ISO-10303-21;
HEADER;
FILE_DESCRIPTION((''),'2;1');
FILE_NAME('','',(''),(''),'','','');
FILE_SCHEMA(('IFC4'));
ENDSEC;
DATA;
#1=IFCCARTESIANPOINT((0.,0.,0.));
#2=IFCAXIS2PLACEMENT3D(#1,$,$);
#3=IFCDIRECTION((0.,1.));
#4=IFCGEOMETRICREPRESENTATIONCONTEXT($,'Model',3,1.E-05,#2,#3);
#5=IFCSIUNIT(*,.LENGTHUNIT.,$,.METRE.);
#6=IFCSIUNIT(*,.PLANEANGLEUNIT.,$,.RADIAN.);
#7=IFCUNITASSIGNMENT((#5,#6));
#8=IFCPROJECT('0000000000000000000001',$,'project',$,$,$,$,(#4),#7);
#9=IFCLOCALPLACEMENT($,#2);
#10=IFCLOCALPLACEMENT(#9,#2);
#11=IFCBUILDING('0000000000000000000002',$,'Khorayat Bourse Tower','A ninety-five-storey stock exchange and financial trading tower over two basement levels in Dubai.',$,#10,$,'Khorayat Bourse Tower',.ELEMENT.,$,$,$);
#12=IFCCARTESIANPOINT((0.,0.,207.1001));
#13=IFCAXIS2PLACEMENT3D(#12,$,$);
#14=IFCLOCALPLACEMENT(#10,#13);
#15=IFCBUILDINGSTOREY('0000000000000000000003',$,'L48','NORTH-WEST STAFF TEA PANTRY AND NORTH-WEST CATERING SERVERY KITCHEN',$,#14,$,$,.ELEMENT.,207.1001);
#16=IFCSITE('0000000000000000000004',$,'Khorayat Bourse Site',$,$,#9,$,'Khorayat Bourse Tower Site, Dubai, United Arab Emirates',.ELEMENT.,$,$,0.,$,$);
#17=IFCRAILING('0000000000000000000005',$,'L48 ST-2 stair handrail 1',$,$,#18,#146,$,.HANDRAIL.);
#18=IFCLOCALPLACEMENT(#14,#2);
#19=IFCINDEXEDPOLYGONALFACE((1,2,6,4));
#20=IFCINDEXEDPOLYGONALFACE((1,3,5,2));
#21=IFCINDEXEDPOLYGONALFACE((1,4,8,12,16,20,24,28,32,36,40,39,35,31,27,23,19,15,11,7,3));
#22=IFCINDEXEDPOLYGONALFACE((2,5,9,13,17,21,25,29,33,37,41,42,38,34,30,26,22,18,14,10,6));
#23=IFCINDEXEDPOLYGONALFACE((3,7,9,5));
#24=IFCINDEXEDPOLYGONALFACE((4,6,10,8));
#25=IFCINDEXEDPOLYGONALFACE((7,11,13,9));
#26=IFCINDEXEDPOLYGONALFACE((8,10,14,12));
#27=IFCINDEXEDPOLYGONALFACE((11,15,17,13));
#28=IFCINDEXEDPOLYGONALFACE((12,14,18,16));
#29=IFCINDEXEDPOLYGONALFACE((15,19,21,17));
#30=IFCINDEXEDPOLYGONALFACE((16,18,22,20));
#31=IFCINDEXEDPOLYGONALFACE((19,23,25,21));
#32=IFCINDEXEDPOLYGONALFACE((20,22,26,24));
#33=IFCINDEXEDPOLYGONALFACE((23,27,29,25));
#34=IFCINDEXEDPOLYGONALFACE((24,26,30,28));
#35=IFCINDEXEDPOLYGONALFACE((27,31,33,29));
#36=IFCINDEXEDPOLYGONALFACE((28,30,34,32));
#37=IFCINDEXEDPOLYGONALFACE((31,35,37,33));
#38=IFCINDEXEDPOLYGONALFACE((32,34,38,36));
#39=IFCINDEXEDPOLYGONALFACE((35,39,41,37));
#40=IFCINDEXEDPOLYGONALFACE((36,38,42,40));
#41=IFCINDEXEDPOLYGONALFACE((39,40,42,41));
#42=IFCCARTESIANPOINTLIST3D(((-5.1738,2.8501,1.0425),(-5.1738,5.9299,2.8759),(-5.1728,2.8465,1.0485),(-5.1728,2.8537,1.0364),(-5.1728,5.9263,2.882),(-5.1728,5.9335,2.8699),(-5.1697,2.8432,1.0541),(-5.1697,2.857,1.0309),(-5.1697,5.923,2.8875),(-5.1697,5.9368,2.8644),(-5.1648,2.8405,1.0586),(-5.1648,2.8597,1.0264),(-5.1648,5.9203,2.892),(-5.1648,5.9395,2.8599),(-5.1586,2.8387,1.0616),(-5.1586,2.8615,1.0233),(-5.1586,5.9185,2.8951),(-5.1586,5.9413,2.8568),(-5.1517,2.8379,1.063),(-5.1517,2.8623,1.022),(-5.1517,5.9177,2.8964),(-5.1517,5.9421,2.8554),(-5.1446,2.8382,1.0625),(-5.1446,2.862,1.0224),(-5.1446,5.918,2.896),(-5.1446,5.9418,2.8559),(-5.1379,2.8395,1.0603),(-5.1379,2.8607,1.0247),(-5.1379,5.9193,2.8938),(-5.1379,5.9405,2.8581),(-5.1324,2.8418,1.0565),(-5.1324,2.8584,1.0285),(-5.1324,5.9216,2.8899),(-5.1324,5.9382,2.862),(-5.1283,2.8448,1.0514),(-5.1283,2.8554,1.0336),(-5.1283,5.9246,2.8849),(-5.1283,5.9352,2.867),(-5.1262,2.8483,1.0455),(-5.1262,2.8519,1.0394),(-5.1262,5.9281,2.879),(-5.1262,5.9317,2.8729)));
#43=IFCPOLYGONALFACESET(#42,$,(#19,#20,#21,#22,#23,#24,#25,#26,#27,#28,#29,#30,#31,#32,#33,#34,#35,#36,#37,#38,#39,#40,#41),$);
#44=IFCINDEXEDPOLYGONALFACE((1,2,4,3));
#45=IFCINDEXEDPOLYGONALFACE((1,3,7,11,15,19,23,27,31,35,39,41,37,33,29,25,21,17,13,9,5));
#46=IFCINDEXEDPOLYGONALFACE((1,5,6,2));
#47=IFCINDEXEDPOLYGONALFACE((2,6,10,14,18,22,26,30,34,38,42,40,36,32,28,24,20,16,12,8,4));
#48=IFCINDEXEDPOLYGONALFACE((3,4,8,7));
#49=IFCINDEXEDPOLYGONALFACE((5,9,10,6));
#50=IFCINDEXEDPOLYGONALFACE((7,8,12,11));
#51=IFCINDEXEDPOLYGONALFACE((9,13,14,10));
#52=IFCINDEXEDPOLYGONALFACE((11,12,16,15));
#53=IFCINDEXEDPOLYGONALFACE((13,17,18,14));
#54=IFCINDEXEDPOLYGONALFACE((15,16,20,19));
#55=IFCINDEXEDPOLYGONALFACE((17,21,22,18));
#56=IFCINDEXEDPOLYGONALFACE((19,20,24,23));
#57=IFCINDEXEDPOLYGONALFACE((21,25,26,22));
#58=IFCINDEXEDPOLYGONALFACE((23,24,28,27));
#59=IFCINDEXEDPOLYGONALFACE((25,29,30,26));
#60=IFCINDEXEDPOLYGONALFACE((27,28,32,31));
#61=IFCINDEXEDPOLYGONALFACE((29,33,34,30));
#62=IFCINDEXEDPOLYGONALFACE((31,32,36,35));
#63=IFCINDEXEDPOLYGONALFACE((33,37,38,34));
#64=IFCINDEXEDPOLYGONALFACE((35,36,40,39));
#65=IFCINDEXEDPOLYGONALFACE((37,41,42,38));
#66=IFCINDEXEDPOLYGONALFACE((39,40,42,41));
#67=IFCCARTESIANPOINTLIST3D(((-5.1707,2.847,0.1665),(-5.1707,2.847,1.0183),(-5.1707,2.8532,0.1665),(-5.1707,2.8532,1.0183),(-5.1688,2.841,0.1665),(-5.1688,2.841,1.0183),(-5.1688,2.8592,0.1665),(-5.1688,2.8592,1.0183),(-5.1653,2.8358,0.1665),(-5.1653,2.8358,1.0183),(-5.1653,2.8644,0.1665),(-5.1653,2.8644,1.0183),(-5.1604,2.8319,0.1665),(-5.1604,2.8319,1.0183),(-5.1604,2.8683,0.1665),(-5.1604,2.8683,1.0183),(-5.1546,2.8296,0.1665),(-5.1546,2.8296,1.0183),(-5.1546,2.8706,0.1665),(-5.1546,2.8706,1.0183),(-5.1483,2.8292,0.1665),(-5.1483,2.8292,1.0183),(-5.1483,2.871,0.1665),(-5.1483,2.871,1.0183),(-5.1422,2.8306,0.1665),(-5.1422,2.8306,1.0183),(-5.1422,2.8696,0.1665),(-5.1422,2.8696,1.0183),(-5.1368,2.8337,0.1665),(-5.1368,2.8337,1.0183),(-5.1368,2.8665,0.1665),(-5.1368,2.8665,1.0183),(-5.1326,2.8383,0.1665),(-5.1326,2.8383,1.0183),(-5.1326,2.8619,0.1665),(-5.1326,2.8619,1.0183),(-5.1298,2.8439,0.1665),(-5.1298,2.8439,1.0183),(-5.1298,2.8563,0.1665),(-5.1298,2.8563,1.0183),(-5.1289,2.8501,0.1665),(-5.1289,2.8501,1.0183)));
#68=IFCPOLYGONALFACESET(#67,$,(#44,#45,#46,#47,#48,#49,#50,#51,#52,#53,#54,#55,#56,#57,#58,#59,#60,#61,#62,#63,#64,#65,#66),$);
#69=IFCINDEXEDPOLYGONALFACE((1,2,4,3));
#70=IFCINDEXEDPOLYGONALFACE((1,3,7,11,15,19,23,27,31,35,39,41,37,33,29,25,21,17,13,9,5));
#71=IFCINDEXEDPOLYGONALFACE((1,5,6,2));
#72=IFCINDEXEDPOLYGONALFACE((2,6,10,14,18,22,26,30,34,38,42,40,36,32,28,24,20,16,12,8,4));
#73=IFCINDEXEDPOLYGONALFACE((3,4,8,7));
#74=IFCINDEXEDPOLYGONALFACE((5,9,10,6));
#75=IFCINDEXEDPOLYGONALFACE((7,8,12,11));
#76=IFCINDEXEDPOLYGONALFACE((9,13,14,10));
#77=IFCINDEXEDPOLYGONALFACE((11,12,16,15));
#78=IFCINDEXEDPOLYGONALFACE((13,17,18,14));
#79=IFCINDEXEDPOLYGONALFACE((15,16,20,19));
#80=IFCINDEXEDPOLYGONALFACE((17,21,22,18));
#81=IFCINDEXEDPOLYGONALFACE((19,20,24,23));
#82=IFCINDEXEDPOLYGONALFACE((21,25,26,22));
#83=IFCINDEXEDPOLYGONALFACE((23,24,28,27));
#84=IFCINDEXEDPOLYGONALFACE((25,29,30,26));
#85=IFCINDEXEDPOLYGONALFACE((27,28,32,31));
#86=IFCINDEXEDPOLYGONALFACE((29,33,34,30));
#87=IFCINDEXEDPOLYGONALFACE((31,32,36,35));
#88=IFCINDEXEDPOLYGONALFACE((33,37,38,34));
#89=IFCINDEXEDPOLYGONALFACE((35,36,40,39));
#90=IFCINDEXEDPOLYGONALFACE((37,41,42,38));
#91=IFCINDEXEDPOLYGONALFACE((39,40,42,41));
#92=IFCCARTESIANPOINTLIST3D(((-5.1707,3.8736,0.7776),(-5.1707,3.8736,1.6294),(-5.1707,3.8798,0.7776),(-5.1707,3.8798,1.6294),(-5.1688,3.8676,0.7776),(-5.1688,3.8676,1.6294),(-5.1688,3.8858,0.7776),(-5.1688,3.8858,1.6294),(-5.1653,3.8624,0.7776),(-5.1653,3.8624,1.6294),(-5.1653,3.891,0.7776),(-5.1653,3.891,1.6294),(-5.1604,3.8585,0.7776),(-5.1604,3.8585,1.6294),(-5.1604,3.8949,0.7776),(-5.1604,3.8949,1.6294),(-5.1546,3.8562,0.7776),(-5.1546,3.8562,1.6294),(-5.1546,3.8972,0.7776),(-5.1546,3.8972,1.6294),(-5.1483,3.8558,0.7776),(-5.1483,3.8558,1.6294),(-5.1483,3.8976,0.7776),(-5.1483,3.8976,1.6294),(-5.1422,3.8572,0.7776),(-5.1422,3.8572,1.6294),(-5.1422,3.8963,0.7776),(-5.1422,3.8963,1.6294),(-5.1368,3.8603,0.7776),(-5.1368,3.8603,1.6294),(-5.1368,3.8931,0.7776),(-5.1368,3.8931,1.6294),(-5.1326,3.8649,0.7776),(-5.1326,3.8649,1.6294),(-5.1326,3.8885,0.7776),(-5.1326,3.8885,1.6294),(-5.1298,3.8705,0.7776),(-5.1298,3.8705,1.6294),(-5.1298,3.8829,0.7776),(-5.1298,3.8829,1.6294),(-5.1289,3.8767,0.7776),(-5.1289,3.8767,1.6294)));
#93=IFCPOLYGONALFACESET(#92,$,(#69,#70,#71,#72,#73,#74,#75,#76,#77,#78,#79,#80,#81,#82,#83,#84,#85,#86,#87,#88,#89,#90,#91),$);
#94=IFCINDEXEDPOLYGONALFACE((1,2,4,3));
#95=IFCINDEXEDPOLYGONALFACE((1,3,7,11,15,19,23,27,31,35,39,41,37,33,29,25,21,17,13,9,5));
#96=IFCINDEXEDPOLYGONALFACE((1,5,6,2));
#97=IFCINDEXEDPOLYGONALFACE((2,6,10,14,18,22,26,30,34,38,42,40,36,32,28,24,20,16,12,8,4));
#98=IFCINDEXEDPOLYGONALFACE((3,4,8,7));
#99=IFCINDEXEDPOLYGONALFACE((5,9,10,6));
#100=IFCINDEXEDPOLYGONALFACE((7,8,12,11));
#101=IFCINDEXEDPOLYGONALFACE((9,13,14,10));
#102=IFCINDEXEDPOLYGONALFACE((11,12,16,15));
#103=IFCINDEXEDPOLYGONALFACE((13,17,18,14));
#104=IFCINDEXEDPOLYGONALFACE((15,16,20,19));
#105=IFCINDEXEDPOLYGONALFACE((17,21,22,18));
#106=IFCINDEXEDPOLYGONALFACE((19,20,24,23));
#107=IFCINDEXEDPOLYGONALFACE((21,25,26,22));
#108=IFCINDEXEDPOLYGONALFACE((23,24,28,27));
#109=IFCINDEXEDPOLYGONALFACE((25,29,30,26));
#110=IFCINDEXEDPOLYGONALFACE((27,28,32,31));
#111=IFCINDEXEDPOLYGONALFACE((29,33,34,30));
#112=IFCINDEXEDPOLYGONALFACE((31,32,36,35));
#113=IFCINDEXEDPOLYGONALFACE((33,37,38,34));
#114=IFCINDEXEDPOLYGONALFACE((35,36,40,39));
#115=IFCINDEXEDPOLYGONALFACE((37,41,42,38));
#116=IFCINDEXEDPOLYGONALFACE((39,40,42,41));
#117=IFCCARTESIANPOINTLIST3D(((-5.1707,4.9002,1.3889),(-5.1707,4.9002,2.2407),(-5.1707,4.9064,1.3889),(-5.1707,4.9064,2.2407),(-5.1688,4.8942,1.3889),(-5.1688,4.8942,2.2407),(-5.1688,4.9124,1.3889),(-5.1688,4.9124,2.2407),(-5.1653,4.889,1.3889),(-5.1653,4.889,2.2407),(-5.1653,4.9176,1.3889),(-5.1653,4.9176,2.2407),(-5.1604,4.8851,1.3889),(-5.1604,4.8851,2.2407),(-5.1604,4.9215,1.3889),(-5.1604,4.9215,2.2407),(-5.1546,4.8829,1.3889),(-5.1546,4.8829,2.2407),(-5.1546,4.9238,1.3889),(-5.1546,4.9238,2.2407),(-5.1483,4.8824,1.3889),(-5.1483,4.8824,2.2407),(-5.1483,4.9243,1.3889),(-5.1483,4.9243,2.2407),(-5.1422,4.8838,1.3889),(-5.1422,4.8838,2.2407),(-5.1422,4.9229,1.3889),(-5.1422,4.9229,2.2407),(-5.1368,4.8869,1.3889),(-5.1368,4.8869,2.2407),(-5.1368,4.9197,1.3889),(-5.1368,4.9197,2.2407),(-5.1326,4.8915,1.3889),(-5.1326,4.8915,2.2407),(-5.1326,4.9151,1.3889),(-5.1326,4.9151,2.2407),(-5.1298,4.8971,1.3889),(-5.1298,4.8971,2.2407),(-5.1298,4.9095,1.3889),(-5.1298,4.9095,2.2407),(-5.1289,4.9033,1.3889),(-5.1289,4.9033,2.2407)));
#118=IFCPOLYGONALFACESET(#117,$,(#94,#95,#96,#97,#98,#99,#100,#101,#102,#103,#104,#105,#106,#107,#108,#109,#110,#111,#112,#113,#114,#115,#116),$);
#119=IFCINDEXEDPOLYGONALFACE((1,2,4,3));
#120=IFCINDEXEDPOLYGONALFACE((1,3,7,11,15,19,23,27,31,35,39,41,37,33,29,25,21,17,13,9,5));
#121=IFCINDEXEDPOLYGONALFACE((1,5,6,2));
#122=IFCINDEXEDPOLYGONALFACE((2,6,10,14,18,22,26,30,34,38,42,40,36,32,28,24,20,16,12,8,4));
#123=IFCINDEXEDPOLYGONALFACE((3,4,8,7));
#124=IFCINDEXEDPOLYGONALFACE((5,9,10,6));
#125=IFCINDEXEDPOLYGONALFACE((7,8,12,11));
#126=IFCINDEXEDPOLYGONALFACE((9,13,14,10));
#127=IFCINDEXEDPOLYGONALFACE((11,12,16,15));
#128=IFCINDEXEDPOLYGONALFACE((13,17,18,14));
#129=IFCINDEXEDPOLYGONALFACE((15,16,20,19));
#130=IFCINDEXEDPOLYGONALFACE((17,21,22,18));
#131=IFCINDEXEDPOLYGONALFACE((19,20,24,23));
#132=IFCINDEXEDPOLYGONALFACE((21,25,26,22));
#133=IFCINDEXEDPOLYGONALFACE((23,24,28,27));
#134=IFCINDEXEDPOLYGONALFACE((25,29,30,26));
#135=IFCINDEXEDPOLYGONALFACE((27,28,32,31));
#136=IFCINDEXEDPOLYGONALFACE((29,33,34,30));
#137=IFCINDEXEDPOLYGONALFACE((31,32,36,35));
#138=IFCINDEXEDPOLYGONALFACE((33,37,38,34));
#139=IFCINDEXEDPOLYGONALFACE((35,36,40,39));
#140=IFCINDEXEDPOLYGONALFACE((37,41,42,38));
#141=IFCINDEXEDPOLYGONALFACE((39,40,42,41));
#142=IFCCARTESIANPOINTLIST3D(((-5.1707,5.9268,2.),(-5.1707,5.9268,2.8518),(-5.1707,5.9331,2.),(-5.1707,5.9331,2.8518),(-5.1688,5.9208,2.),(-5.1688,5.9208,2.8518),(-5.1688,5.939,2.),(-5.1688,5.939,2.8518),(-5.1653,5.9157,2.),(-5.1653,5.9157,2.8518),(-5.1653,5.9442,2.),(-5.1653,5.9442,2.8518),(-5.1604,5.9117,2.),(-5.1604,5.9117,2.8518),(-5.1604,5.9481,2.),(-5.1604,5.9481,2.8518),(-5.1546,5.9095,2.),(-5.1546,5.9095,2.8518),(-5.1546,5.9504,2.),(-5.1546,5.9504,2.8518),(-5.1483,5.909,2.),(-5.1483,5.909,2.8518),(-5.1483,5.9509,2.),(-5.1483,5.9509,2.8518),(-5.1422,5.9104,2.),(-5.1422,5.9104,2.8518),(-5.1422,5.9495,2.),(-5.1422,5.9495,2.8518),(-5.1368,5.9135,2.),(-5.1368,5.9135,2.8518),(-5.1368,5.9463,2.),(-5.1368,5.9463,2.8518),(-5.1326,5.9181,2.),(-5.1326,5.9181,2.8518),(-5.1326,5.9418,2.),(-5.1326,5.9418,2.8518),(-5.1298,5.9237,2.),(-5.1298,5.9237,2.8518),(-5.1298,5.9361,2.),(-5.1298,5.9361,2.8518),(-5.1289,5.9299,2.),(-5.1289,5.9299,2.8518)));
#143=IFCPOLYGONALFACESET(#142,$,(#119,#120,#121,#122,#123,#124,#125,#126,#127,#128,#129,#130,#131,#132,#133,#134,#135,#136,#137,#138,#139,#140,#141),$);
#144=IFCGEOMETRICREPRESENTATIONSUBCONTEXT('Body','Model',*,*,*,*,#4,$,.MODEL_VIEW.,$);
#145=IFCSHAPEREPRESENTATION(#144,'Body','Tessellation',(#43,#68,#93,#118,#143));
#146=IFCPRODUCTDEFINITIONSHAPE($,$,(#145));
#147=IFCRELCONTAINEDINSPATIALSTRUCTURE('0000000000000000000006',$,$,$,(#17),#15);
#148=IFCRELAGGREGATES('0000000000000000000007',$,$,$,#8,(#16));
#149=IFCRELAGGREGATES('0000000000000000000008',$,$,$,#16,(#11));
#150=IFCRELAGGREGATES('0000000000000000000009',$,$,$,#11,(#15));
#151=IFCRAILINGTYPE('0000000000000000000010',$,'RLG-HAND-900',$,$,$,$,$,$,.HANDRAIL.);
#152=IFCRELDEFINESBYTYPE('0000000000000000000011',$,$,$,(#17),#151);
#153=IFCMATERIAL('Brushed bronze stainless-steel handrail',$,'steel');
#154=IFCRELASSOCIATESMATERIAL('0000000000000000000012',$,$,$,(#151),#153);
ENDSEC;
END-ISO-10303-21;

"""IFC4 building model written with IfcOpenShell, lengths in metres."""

from ifc_helpers import new_model, si_unit, direction, frame, origin, origin_2d, place, context, subcontext, project, spatial, circle, extrude, source, transform, mapped, material, type_object, element, save


model = new_model("IFC4")

# Units and contexts
model_context = context("Model", 3, precision=1e-05, world=origin(), true_north=direction((0.0, 1.0)))
body_context = subcontext(model_context, "Body", "Model", "MODEL_VIEW")
ifc_project = project(units=[si_unit("LENGTHUNIT", "METRE"), si_unit("PLANEANGLEUNIT", "RADIAN")], contexts=[model_context])

# Site, building, storey
site_placement = place(None, origin())
site = spatial("IfcSite", under=ifc_project, at=site_placement, Name="Khorayat Bourse Site", LongName="Khorayat Bourse Tower Site, Dubai, United Arab Emirates", CompositionType="ELEMENT", RefElevation=0.0)
building_placement = place(site_placement, origin())
building = spatial("IfcBuilding", under=site, at=building_placement, Name="Khorayat Bourse Tower", Description="A ninety-five-storey stock exchange and financial trading tower over two basement levels in Dubai.", LongName="Khorayat Bourse Tower", CompositionType="ELEMENT")
storey_placement = place(building_placement, frame((0.0, 0.0, 207.1001)))
storey = spatial("IfcBuildingStorey", under=building, at=storey_placement, Name="L48", Description="NORTH-WEST STAFF TEA PANTRY AND NORTH-WEST CATERING SERVERY KITCHEN", CompositionType="ELEMENT", Elevation=207.1001)

# Railing
ifc_material_1 = material(Name="Brushed bronze stainless-steel handrail", Category="steel")
railing_type_1 = type_object("IfcRailingType", Name="RLG-HAND-900", PredefinedType="HANDRAIL", material=ifc_material_1)
shared_shape_1 = source(origin(), body_context, "Body", "SweptSolid", [
    extrude(circle(Radius=0.0239, at=origin_2d()), frame((0.0, 0.0, 0.876), z_axis=(0.0, 0.859261, 0.511538), x_axis=(-1.0, 0.0, 0.0)), (0.0, 0.0, 1.0), 3.5842),
    extrude(circle(Radius=0.021, at=origin_2d()), origin(), (0.0, 0.0, 1.0), 0.8518),
    extrude(circle(Radius=0.021, at=origin_2d()), frame((0.0, 1.0266, 0.6111)), (0.0, 0.0, 1.0), 0.8518),
    extrude(circle(Radius=0.021, at=origin_2d()), frame((0.0, 2.0532, 1.2224)), (0.0, 0.0, 1.0), 0.8518),
    extrude(circle(Radius=0.021, at=origin_2d()), frame((0.0, 3.0798, 1.8335)), (0.0, 0.0, 1.0), 0.8518),
])
railing_1_placement = place(storey_placement, frame((-5.1499, 2.8501, 0.1665)))
element("IfcRailing", 1, at=railing_1_placement, inside=storey, type_object=railing_type_1, Name="L48 ST-2 stair handrail 1", PredefinedType="HANDRAIL", context=body_context, shape_type="MappedRepresentation", body=[
    mapped(shared_shape_1, transform((0.0, 0.0, 0.0), scale=1.0)),
])

save(model, "model.ifc")
